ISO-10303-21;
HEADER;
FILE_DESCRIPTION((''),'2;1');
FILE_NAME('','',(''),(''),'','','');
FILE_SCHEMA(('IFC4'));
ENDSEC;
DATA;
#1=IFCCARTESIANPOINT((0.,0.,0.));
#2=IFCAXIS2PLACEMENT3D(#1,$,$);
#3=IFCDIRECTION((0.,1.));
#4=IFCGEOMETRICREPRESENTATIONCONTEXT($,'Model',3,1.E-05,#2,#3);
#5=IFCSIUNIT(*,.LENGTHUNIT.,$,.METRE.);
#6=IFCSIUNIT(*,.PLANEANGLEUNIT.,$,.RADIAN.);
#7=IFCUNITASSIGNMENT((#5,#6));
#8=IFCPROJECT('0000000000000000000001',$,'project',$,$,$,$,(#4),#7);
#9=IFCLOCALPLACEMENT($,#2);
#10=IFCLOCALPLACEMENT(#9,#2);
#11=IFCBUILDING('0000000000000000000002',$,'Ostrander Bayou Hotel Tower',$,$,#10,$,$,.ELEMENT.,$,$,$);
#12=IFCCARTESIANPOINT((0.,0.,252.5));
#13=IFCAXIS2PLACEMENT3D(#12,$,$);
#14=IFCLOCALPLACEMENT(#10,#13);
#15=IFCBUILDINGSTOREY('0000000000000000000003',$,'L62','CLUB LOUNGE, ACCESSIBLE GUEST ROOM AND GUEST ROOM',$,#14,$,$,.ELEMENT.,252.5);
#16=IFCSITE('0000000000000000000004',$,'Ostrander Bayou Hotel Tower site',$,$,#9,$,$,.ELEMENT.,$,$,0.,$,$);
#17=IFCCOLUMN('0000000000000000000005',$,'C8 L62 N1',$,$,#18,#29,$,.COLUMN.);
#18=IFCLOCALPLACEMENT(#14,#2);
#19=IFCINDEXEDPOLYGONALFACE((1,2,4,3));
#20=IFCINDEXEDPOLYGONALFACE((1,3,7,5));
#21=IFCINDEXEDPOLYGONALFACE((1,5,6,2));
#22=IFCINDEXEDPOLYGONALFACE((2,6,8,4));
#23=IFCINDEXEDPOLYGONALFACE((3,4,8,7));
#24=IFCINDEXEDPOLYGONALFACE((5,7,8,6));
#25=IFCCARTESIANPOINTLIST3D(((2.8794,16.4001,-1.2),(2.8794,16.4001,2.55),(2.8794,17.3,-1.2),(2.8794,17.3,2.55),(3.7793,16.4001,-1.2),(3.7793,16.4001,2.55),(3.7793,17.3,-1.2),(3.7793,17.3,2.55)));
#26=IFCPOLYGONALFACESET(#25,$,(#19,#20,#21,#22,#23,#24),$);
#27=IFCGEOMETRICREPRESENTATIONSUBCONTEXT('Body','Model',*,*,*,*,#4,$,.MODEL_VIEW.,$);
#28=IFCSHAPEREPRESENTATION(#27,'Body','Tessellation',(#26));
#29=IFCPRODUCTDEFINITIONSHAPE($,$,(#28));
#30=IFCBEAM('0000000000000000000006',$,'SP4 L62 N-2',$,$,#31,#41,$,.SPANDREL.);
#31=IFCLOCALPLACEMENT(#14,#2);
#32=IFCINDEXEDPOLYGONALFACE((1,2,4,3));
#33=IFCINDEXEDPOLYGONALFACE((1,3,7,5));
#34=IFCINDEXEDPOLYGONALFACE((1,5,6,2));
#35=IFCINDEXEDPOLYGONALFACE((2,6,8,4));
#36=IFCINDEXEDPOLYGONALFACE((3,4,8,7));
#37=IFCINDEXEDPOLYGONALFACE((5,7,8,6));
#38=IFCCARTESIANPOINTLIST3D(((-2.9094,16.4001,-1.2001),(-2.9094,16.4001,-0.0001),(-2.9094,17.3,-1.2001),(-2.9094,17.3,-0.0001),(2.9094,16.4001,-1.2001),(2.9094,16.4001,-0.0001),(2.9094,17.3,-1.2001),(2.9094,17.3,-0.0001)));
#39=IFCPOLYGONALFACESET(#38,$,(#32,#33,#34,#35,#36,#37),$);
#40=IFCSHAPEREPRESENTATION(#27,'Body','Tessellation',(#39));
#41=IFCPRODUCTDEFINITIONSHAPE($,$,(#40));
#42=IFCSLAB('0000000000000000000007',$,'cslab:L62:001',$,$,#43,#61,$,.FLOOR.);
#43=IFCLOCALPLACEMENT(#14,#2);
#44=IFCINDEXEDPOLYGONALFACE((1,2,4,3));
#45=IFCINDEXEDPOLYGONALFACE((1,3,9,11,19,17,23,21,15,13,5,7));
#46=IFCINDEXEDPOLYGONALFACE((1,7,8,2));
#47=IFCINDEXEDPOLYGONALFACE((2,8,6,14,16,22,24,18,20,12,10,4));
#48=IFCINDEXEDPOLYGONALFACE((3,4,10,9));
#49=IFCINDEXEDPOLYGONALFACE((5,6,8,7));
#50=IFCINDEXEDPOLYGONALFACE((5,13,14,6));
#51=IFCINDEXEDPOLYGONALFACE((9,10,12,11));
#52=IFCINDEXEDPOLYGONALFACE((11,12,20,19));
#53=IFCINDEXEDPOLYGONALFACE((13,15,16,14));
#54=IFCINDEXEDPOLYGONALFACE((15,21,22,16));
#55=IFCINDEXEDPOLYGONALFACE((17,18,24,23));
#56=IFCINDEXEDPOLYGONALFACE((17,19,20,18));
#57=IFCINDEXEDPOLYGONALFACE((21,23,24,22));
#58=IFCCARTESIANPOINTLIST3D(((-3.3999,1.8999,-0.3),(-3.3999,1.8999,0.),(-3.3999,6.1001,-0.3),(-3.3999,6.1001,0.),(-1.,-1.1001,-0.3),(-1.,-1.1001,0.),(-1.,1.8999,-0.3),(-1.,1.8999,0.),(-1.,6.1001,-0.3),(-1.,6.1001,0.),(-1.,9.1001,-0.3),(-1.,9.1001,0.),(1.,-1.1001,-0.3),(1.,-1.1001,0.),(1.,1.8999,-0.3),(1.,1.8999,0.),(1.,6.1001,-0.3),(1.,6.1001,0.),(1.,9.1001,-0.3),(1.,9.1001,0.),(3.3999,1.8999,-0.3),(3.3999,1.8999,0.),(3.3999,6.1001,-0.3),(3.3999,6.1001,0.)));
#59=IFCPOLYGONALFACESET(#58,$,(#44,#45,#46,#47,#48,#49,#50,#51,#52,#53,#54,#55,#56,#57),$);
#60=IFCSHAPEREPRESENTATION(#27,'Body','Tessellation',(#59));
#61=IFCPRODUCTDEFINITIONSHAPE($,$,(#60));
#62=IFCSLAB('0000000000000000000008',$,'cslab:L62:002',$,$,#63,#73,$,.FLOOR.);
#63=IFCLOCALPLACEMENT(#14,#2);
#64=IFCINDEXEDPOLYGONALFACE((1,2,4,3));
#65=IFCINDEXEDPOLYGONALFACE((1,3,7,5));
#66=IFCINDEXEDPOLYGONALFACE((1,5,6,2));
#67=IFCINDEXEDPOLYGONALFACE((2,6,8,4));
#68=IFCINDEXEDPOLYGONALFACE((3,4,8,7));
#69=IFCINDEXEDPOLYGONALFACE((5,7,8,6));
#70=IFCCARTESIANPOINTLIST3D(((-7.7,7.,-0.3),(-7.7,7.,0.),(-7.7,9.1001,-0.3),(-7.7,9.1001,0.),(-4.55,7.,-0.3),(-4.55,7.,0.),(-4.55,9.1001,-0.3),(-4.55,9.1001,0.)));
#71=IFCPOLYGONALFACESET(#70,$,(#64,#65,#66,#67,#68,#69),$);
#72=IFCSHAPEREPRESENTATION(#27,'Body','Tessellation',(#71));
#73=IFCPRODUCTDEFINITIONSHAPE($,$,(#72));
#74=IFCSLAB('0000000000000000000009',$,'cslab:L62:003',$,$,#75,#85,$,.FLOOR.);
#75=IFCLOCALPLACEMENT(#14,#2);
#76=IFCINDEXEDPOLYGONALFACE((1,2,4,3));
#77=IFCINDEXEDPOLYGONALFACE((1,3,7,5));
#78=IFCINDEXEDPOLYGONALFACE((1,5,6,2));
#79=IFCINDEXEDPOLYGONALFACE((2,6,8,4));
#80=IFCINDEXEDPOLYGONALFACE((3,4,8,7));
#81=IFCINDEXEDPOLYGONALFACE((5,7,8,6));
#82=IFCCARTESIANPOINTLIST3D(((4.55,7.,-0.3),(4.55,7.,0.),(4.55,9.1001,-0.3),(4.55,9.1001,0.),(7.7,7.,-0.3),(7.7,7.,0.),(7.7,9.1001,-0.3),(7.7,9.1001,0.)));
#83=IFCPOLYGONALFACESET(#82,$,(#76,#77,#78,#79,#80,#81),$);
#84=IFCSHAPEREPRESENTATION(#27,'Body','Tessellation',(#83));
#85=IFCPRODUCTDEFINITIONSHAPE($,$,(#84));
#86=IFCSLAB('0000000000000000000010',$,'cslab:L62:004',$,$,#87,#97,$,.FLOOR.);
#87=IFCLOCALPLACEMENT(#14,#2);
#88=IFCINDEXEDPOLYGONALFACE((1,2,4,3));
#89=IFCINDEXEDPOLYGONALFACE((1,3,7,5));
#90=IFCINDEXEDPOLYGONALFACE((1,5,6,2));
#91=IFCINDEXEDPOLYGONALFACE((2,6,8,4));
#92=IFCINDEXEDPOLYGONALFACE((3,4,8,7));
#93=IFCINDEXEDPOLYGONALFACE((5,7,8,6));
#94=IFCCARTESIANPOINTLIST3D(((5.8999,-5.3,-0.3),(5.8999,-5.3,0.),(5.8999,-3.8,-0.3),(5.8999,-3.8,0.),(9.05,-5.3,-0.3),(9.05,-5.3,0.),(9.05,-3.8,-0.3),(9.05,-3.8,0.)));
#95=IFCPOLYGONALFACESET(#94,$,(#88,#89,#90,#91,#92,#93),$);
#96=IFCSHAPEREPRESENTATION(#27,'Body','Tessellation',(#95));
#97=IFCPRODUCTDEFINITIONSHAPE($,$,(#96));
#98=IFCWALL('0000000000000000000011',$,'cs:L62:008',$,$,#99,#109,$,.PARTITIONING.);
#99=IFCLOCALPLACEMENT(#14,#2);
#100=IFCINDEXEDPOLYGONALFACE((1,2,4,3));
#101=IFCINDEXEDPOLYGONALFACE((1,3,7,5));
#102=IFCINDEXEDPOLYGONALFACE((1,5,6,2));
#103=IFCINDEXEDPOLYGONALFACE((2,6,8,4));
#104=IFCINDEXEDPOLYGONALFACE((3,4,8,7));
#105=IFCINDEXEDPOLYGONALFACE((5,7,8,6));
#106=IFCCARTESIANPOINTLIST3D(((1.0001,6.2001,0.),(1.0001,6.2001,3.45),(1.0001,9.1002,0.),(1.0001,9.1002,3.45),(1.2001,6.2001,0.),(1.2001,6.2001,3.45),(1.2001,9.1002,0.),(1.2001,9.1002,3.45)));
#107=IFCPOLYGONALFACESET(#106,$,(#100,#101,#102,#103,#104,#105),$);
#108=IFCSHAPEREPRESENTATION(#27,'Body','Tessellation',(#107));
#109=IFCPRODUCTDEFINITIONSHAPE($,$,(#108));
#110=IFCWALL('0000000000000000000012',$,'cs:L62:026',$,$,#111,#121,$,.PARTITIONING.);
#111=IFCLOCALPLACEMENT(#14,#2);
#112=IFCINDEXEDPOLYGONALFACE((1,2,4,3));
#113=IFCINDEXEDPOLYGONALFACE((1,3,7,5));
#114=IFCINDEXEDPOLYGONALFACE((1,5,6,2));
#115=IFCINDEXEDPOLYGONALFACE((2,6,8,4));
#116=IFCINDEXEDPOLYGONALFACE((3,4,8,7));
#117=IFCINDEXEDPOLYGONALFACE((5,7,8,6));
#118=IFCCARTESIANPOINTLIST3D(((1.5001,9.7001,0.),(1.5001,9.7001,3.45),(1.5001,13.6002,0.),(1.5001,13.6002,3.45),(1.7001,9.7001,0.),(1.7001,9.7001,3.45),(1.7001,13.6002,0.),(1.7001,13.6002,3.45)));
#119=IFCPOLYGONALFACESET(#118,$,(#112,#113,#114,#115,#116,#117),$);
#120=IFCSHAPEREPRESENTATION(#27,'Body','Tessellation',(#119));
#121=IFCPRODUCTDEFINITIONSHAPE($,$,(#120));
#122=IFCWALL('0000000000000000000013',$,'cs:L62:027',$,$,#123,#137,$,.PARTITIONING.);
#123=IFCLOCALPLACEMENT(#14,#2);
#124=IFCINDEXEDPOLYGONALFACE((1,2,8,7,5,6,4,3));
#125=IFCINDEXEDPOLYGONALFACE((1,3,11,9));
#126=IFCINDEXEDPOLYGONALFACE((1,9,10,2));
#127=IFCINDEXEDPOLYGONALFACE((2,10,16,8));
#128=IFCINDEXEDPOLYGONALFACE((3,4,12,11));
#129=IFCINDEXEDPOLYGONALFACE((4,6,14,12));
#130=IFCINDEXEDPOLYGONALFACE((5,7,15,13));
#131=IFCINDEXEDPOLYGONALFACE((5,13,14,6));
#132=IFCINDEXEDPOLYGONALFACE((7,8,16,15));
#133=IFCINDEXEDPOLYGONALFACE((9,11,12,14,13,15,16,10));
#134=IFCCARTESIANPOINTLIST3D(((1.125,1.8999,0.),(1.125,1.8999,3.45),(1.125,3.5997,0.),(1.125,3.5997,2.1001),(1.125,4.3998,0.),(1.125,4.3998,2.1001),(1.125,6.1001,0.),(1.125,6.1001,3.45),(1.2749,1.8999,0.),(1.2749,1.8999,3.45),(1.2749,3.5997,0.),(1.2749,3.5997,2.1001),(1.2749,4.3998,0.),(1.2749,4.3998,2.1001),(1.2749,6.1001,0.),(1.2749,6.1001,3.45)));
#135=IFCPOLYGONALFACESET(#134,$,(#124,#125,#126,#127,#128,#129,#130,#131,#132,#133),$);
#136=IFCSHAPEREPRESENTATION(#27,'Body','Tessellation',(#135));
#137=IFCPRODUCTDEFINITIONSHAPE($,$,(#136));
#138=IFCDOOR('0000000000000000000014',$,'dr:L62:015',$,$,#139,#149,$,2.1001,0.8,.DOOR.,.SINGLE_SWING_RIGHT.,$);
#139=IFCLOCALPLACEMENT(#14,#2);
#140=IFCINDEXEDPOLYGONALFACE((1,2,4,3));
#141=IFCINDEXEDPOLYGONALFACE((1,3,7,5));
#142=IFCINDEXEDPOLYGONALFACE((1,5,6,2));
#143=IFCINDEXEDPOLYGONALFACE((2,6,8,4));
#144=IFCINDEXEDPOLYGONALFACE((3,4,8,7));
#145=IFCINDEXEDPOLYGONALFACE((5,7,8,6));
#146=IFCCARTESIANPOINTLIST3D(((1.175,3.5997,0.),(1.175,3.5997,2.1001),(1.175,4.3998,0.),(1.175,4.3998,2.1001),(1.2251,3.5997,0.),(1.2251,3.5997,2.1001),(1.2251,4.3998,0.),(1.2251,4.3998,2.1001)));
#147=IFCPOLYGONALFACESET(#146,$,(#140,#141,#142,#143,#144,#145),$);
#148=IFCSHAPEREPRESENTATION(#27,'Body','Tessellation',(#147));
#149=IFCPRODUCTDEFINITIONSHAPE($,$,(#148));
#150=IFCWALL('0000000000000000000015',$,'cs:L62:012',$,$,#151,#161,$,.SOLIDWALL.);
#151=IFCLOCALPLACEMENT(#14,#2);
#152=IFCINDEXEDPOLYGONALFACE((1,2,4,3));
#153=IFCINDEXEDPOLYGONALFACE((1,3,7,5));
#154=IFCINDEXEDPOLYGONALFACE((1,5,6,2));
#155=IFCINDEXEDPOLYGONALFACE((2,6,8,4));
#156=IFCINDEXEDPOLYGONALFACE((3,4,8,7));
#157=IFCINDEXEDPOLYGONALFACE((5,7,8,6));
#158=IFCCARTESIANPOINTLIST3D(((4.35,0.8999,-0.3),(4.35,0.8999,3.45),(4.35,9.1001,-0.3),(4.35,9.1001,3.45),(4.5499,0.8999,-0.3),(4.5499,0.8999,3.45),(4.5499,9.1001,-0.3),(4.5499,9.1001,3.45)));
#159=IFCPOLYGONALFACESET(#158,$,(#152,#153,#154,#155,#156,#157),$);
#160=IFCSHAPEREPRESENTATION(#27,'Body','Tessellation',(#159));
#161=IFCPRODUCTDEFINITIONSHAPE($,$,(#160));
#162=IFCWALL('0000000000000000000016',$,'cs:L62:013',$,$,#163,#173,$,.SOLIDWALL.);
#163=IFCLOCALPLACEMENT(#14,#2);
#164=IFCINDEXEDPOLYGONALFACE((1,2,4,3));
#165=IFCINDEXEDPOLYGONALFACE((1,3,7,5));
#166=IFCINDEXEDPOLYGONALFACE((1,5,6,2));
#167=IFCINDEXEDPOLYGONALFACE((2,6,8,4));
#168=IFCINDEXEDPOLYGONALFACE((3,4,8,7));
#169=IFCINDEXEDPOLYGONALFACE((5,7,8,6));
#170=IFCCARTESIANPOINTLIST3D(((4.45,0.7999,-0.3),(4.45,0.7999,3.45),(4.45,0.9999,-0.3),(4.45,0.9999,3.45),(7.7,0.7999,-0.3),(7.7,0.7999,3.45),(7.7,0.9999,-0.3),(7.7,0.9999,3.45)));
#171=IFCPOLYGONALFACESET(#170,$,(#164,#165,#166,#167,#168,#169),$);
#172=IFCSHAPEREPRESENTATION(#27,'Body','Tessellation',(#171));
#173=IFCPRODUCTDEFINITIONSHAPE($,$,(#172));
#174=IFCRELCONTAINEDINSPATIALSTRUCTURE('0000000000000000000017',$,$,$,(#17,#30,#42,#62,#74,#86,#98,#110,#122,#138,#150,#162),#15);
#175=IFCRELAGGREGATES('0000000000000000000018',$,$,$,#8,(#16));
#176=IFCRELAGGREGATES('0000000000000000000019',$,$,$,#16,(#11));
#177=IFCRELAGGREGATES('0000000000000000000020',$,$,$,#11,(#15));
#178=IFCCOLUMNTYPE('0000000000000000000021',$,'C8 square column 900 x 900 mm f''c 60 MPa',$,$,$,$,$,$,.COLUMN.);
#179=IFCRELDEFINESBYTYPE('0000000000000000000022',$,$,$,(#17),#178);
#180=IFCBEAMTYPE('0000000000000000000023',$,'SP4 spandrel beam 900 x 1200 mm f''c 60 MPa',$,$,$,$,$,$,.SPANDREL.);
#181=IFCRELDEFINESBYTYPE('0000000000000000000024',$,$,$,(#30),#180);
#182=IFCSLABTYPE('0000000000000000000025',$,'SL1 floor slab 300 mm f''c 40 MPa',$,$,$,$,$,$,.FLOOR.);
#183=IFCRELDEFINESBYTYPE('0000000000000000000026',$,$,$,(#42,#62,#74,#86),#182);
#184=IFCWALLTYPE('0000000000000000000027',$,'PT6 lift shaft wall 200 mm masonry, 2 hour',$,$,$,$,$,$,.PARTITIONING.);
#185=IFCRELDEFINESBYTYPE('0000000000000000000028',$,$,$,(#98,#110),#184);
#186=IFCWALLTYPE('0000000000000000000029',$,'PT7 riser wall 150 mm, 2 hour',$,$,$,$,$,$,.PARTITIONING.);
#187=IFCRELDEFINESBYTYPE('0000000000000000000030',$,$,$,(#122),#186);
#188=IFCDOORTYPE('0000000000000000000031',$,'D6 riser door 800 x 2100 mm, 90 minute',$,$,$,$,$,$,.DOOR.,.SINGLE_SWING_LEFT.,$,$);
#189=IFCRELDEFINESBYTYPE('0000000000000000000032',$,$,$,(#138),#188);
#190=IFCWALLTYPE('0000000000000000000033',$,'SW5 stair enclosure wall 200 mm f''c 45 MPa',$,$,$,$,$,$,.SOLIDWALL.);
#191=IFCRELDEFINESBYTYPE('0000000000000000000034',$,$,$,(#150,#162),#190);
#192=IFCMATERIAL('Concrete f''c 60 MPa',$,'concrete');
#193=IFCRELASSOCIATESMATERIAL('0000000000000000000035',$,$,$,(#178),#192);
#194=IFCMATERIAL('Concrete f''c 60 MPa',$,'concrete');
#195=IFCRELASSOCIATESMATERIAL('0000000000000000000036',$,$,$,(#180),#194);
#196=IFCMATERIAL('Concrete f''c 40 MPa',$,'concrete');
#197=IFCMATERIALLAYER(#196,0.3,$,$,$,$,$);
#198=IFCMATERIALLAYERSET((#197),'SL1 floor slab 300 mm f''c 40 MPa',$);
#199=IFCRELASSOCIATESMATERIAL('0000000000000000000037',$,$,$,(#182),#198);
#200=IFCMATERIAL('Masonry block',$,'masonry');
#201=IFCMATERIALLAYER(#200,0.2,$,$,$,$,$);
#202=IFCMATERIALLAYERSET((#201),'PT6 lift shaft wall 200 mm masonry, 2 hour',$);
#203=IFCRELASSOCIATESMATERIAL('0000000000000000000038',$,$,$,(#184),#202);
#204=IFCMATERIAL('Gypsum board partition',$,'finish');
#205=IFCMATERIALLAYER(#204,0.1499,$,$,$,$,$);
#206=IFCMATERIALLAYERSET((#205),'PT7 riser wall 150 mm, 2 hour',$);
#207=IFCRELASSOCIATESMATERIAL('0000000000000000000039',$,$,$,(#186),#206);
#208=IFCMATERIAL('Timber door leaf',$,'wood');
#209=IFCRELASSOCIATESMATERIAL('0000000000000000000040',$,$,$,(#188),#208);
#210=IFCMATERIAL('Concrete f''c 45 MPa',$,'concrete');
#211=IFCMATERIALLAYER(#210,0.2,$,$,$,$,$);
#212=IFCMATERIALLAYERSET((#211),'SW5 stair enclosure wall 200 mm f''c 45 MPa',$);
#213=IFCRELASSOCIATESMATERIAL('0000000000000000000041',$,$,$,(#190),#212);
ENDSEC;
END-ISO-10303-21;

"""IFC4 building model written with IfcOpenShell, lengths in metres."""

from ifc_helpers import new_model, si_unit, direction, frame, frame_2d, origin, origin_2d, place, context, subcontext, project, spatial, polyline, rectangle, outline, extrude, material, layer, layer_set, material_profile, profile_set, type_object, element, fill, save


model = new_model("IFC4")

# Units and contexts
model_context = context("Model", 3, precision=1e-05, world=origin(), true_north=direction((0.0, 1.0)))
body_context = subcontext(model_context, "Body", "Model", "MODEL_VIEW")
ifc_project = project(units=[si_unit("LENGTHUNIT", "METRE"), si_unit("PLANEANGLEUNIT", "RADIAN")], contexts=[model_context])

# Site, building, storey
site_placement = place(None, origin())
site = spatial("IfcSite", under=ifc_project, at=site_placement, Name="Ostrander Bayou Hotel Tower site", CompositionType="ELEMENT", RefElevation=0.0)
building_placement = place(site_placement, origin())
building = spatial("IfcBuilding", under=site, at=building_placement, Name="Ostrander Bayou Hotel Tower", CompositionType="ELEMENT")
storey_placement = place(building_placement, frame((0.0, 0.0, 252.5)))
storey = spatial("IfcBuildingStorey", under=building, at=storey_placement, Name="L62", Description="CLUB LOUNGE, ACCESSIBLE GUEST ROOM AND GUEST ROOM", CompositionType="ELEMENT", Elevation=252.5)

# Column
ifc_material_1 = material(Name="Concrete f'c 60 MPa", Category="concrete")
ifc_material_profile_1 = material_profile(ifc_material_1, rectangle(XDim=0.8999, YDim=0.8999, at=origin_2d()))
ifc_profile_set_1 = profile_set([ifc_material_profile_1], Name="Concrete f'c 60 MPa")
column_type = type_object("IfcColumnType", Name="C8 square column 900 x 900 mm f'c 60 MPa", PredefinedType="COLUMN", material=ifc_profile_set_1)
column_placement = place(storey_placement, frame((3.3293, 16.8501, -1.2), z_axis=(0.0, 0.0, 1.0), x_axis=(1.0, 0.0, 0.0)))
element("IfcColumn", 1, at=column_placement, inside=storey, type_object=column_type, Name="C8 L62 N1", PredefinedType="COLUMN", context=body_context, shape_type="SweptSolid", body=[
    extrude(rectangle(XDim=0.8999, YDim=0.8999, at=origin_2d()), origin(), (0.0, 0.0, 1.0), 3.75),
])

# Beam
ifc_material_2 = material(Name="Concrete f'c 60 MPa", Category="concrete")
ifc_material_profile_2 = material_profile(ifc_material_2, rectangle(XDim=0.8999, YDim=1.2, at=origin_2d()))
ifc_profile_set_2 = profile_set([ifc_material_profile_2], Name="Concrete f'c 60 MPa")
beam_type = type_object("IfcBeamType", Name="SP4 spandrel beam 900 x 1200 mm f'c 60 MPa", PredefinedType="SPANDREL", material=ifc_profile_set_2)
beam_placement = place(storey_placement, frame((2.9094, 16.8501, -0.6001), z_axis=(-1.0, 0.0, 0.0), x_axis=(0.0, -1.0, 0.0)))
element("IfcBeam", 2, at=beam_placement, inside=storey, type_object=beam_type, Name="SP4 L62 N-2", PredefinedType="SPANDREL", context=body_context, shape_type="SweptSolid", body=[
    extrude(rectangle(XDim=0.8999, YDim=1.2, at=origin_2d()), origin(), (0.0, 0.0, 1.0), 5.8188),
])

# Slabs
ifc_material_3 = material(Name="Concrete f'c 40 MPa", Category="concrete")
ifc_layer_1 = layer(ifc_material_3, 0.3)
ifc_layer_set_1 = layer_set([ifc_layer_1], Name="SL1 floor slab 300 mm f'c 40 MPa")
slab_type = type_object("IfcSlabType", Name="SL1 floor slab 300 mm f'c 40 MPa", PredefinedType="FLOOR", material=ifc_layer_set_1)
slab_1_placement = place(storey_placement, frame((0.0, 0.0, -0.3)))
element("IfcSlab", 3, at=slab_1_placement, inside=storey, type_object=slab_type, Name="cslab:L62:001", PredefinedType="FLOOR", context=body_context, shape_type="SweptSolid", body=[
    extrude(outline(polyline([(-3.3999, 6.1001), (-1.0, 6.1001), (-1.0, 9.1001), (1.0, 9.1001), (1.0, 6.1001), (3.3999, 6.1001), (3.3999, 1.8999), (1.0, 1.8999), (1.0, -1.1001), (-1.0, -1.1001), (-1.0, 1.8999), (-3.3999, 1.8999), (-3.3999, 6.1001)])), origin(), (0.0, 0.0, 1.0), 0.3),
])
slab_2_placement = place(storey_placement, frame((0.0, 0.0, -0.3)))
element("IfcSlab", 4, at=slab_2_placement, inside=storey, type_object=slab_type, Name="cslab:L62:002", PredefinedType="FLOOR", context=body_context, shape_type="SweptSolid", body=[
    extrude(outline(polyline([(-4.55, 7.0), (-4.55, 9.1001), (-7.7, 9.1001), (-7.7, 7.0), (-4.55, 7.0)])), origin(), (0.0, 0.0, 1.0), 0.3),
])
slab_3_placement = place(storey_placement, frame((0.0, 0.0, -0.3)))
element("IfcSlab", 5, at=slab_3_placement, inside=storey, type_object=slab_type, Name="cslab:L62:003", PredefinedType="FLOOR", context=body_context, shape_type="SweptSolid", body=[
    extrude(outline(polyline([(7.7, 7.0), (7.7, 9.1001), (4.55, 9.1001), (4.55, 7.0), (7.7, 7.0)])), origin(), (0.0, 0.0, 1.0), 0.3),
])
slab_4_placement = place(storey_placement, frame((0.0, 0.0, -0.3)))
element("IfcSlab", 6, at=slab_4_placement, inside=storey, type_object=slab_type, Name="cslab:L62:004", PredefinedType="FLOOR", context=body_context, shape_type="SweptSolid", body=[
    extrude(outline(polyline([(9.05, -5.3), (9.05, -3.8), (5.8999, -3.8), (5.8999, -5.3), (9.05, -5.3)])), origin(), (0.0, 0.0, 1.0), 0.3),
])

# Shared definitions
ifc_material_4 = material(Name="Masonry block", Category="masonry")
ifc_layer_2 = layer(ifc_material_4, 0.2)
ifc_layer_set_2 = layer_set([ifc_layer_2], Name="PT6 lift shaft wall 200 mm masonry, 2 hour")
wall_type_1 = type_object("IfcWallType", Name="PT6 lift shaft wall 200 mm masonry, 2 hour", PredefinedType="PARTITIONING", material=ifc_layer_set_2)

# Walls
wall_1_placement = place(storey_placement, frame((1.1001, 6.2, 0.0), z_axis=(0.0, 0.0, 1.0), x_axis=(0.0, 1.0, 0.0)))
element("IfcWall", 7, at=wall_1_placement, inside=storey, type_object=wall_type_1, Name="cs:L62:008", PredefinedType="PARTITIONING", context=body_context, shape_type="SweptSolid", body=[
    extrude(rectangle(XDim=2.9001, YDim=0.2, at=frame_2d((1.4502, 0.0))), origin(), (0.0, 0.0, 1.0), 3.45),
])
wall_2_placement = place(storey_placement, frame((1.6001, 9.7, 0.0), z_axis=(0.0, 0.0, 1.0), x_axis=(0.0, 1.0, 0.0)))
element("IfcWall", 8, at=wall_2_placement, inside=storey, type_object=wall_type_1, Name="cs:L62:026", PredefinedType="PARTITIONING", context=body_context, shape_type="SweptSolid", body=[
    extrude(rectangle(XDim=3.9001, YDim=0.2, at=frame_2d((1.9502, 0.0))), origin(), (0.0, 0.0, 1.0), 3.45),
])

# Wall, opening, door
ifc_material_5 = material(Name="Gypsum board partition", Category="finish")
ifc_layer_3 = layer(ifc_material_5, 0.1499)
ifc_layer_set_3 = layer_set([ifc_layer_3], Name="PT7 riser wall 150 mm, 2 hour")
wall_type_2 = type_object("IfcWallType", Name="PT7 riser wall 150 mm, 2 hour", PredefinedType="PARTITIONING", material=ifc_layer_set_3)
wall_3_placement = place(storey_placement, frame((1.2, 1.8999, 0.0), z_axis=(0.0, 0.0, 1.0), x_axis=(0.0, 1.0, 0.0)))
wall_3 = element("IfcWall", 9, at=wall_3_placement, inside=storey, type_object=wall_type_2, Name="cs:L62:027", PredefinedType="PARTITIONING", context=body_context, shape_type="SweptSolid", body=[
    extrude(rectangle(XDim=4.2002, YDim=0.1499, at=frame_2d((2.1001, 0.0))), origin(), (0.0, 0.0, 1.0), 3.45),
])
opening_1_placement = place(wall_3_placement, frame((1.7, 0.0, 0.0)))
opening_1 = element("IfcOpeningElement", 10, at=opening_1_placement, cuts=wall_3, PredefinedType="OPENING", context=body_context, shape_type="SweptSolid", body=[
    extrude(rectangle(XDim=0.8, YDim=2.1001, at=frame_2d((0.3999, 1.05))), frame((0.0, 0.075, 0.0), z_axis=(0.0, -1.0, 0.0), x_axis=(1.0, 0.0, 0.0)), (0.0, 0.0, 1.0), 0.1499),
])
ifc_material_6 = material(Name="Timber door leaf", Category="wood")
door_type_1 = type_object("IfcDoorType", Name="D6 riser door 800 x 2100 mm, 90 minute", OperationType="SINGLE_SWING_LEFT", PredefinedType="DOOR", material=ifc_material_6)
door_1_placement = place(opening_1_placement, origin())
door_1 = element("IfcDoor", 11, at=door_1_placement, inside=storey, type_object=door_type_1, Name="dr:L62:015", OperationType="SINGLE_SWING_RIGHT", OverallHeight=2.1001, OverallWidth=0.8, PredefinedType="DOOR", context=body_context, shape_type="SweptSolid", body=[
    extrude(rectangle(XDim=0.8, YDim=2.1001, at=frame_2d((0.3999, 1.05))), frame((0.0, 0.0249, 0.0), z_axis=(0.0, -1.0, 0.0), x_axis=(1.0, 0.0, 0.0)), (0.0, 0.0, 1.0), 0.05),
])
fill(opening_1, door_1)

# Walls
ifc_material_7 = material(Name="Concrete f'c 45 MPa", Category="concrete")
ifc_layer_4 = layer(ifc_material_7, 0.2)
ifc_layer_set_4 = layer_set([ifc_layer_4], Name="SW5 stair enclosure wall 200 mm f'c 45 MPa")
wall_type_3 = type_object("IfcWallType", Name="SW5 stair enclosure wall 200 mm f'c 45 MPa", PredefinedType="SOLIDWALL", material=ifc_layer_set_4)
wall_4_placement = place(storey_placement, frame((4.45, 0.8999, -0.3), z_axis=(0.0, 0.0, 1.0), x_axis=(0.0, 1.0, 0.0)))
element("IfcWall", 12, at=wall_4_placement, inside=storey, type_object=wall_type_3, Name="cs:L62:012", PredefinedType="SOLIDWALL", context=body_context, shape_type="SweptSolid", body=[
    extrude(rectangle(XDim=8.2002, YDim=0.2, at=frame_2d((4.1001, 0.0))), origin(), (0.0, 0.0, 1.0), 3.75),
])
wall_5_placement = place(storey_placement, frame((4.45, 0.8999, -0.3), z_axis=(0.0, 0.0, 1.0), x_axis=(1.0, 0.0, 0.0)))
element("IfcWall", 13, at=wall_5_placement, inside=storey, type_object=wall_type_3, Name="cs:L62:013", PredefinedType="SOLIDWALL", context=body_context, shape_type="SweptSolid", body=[
    extrude(rectangle(XDim=3.25, YDim=0.2, at=frame_2d((1.625, 0.0))), origin(), (0.0, 0.0, 1.0), 3.75),
])

save(model, "model.ifc")
